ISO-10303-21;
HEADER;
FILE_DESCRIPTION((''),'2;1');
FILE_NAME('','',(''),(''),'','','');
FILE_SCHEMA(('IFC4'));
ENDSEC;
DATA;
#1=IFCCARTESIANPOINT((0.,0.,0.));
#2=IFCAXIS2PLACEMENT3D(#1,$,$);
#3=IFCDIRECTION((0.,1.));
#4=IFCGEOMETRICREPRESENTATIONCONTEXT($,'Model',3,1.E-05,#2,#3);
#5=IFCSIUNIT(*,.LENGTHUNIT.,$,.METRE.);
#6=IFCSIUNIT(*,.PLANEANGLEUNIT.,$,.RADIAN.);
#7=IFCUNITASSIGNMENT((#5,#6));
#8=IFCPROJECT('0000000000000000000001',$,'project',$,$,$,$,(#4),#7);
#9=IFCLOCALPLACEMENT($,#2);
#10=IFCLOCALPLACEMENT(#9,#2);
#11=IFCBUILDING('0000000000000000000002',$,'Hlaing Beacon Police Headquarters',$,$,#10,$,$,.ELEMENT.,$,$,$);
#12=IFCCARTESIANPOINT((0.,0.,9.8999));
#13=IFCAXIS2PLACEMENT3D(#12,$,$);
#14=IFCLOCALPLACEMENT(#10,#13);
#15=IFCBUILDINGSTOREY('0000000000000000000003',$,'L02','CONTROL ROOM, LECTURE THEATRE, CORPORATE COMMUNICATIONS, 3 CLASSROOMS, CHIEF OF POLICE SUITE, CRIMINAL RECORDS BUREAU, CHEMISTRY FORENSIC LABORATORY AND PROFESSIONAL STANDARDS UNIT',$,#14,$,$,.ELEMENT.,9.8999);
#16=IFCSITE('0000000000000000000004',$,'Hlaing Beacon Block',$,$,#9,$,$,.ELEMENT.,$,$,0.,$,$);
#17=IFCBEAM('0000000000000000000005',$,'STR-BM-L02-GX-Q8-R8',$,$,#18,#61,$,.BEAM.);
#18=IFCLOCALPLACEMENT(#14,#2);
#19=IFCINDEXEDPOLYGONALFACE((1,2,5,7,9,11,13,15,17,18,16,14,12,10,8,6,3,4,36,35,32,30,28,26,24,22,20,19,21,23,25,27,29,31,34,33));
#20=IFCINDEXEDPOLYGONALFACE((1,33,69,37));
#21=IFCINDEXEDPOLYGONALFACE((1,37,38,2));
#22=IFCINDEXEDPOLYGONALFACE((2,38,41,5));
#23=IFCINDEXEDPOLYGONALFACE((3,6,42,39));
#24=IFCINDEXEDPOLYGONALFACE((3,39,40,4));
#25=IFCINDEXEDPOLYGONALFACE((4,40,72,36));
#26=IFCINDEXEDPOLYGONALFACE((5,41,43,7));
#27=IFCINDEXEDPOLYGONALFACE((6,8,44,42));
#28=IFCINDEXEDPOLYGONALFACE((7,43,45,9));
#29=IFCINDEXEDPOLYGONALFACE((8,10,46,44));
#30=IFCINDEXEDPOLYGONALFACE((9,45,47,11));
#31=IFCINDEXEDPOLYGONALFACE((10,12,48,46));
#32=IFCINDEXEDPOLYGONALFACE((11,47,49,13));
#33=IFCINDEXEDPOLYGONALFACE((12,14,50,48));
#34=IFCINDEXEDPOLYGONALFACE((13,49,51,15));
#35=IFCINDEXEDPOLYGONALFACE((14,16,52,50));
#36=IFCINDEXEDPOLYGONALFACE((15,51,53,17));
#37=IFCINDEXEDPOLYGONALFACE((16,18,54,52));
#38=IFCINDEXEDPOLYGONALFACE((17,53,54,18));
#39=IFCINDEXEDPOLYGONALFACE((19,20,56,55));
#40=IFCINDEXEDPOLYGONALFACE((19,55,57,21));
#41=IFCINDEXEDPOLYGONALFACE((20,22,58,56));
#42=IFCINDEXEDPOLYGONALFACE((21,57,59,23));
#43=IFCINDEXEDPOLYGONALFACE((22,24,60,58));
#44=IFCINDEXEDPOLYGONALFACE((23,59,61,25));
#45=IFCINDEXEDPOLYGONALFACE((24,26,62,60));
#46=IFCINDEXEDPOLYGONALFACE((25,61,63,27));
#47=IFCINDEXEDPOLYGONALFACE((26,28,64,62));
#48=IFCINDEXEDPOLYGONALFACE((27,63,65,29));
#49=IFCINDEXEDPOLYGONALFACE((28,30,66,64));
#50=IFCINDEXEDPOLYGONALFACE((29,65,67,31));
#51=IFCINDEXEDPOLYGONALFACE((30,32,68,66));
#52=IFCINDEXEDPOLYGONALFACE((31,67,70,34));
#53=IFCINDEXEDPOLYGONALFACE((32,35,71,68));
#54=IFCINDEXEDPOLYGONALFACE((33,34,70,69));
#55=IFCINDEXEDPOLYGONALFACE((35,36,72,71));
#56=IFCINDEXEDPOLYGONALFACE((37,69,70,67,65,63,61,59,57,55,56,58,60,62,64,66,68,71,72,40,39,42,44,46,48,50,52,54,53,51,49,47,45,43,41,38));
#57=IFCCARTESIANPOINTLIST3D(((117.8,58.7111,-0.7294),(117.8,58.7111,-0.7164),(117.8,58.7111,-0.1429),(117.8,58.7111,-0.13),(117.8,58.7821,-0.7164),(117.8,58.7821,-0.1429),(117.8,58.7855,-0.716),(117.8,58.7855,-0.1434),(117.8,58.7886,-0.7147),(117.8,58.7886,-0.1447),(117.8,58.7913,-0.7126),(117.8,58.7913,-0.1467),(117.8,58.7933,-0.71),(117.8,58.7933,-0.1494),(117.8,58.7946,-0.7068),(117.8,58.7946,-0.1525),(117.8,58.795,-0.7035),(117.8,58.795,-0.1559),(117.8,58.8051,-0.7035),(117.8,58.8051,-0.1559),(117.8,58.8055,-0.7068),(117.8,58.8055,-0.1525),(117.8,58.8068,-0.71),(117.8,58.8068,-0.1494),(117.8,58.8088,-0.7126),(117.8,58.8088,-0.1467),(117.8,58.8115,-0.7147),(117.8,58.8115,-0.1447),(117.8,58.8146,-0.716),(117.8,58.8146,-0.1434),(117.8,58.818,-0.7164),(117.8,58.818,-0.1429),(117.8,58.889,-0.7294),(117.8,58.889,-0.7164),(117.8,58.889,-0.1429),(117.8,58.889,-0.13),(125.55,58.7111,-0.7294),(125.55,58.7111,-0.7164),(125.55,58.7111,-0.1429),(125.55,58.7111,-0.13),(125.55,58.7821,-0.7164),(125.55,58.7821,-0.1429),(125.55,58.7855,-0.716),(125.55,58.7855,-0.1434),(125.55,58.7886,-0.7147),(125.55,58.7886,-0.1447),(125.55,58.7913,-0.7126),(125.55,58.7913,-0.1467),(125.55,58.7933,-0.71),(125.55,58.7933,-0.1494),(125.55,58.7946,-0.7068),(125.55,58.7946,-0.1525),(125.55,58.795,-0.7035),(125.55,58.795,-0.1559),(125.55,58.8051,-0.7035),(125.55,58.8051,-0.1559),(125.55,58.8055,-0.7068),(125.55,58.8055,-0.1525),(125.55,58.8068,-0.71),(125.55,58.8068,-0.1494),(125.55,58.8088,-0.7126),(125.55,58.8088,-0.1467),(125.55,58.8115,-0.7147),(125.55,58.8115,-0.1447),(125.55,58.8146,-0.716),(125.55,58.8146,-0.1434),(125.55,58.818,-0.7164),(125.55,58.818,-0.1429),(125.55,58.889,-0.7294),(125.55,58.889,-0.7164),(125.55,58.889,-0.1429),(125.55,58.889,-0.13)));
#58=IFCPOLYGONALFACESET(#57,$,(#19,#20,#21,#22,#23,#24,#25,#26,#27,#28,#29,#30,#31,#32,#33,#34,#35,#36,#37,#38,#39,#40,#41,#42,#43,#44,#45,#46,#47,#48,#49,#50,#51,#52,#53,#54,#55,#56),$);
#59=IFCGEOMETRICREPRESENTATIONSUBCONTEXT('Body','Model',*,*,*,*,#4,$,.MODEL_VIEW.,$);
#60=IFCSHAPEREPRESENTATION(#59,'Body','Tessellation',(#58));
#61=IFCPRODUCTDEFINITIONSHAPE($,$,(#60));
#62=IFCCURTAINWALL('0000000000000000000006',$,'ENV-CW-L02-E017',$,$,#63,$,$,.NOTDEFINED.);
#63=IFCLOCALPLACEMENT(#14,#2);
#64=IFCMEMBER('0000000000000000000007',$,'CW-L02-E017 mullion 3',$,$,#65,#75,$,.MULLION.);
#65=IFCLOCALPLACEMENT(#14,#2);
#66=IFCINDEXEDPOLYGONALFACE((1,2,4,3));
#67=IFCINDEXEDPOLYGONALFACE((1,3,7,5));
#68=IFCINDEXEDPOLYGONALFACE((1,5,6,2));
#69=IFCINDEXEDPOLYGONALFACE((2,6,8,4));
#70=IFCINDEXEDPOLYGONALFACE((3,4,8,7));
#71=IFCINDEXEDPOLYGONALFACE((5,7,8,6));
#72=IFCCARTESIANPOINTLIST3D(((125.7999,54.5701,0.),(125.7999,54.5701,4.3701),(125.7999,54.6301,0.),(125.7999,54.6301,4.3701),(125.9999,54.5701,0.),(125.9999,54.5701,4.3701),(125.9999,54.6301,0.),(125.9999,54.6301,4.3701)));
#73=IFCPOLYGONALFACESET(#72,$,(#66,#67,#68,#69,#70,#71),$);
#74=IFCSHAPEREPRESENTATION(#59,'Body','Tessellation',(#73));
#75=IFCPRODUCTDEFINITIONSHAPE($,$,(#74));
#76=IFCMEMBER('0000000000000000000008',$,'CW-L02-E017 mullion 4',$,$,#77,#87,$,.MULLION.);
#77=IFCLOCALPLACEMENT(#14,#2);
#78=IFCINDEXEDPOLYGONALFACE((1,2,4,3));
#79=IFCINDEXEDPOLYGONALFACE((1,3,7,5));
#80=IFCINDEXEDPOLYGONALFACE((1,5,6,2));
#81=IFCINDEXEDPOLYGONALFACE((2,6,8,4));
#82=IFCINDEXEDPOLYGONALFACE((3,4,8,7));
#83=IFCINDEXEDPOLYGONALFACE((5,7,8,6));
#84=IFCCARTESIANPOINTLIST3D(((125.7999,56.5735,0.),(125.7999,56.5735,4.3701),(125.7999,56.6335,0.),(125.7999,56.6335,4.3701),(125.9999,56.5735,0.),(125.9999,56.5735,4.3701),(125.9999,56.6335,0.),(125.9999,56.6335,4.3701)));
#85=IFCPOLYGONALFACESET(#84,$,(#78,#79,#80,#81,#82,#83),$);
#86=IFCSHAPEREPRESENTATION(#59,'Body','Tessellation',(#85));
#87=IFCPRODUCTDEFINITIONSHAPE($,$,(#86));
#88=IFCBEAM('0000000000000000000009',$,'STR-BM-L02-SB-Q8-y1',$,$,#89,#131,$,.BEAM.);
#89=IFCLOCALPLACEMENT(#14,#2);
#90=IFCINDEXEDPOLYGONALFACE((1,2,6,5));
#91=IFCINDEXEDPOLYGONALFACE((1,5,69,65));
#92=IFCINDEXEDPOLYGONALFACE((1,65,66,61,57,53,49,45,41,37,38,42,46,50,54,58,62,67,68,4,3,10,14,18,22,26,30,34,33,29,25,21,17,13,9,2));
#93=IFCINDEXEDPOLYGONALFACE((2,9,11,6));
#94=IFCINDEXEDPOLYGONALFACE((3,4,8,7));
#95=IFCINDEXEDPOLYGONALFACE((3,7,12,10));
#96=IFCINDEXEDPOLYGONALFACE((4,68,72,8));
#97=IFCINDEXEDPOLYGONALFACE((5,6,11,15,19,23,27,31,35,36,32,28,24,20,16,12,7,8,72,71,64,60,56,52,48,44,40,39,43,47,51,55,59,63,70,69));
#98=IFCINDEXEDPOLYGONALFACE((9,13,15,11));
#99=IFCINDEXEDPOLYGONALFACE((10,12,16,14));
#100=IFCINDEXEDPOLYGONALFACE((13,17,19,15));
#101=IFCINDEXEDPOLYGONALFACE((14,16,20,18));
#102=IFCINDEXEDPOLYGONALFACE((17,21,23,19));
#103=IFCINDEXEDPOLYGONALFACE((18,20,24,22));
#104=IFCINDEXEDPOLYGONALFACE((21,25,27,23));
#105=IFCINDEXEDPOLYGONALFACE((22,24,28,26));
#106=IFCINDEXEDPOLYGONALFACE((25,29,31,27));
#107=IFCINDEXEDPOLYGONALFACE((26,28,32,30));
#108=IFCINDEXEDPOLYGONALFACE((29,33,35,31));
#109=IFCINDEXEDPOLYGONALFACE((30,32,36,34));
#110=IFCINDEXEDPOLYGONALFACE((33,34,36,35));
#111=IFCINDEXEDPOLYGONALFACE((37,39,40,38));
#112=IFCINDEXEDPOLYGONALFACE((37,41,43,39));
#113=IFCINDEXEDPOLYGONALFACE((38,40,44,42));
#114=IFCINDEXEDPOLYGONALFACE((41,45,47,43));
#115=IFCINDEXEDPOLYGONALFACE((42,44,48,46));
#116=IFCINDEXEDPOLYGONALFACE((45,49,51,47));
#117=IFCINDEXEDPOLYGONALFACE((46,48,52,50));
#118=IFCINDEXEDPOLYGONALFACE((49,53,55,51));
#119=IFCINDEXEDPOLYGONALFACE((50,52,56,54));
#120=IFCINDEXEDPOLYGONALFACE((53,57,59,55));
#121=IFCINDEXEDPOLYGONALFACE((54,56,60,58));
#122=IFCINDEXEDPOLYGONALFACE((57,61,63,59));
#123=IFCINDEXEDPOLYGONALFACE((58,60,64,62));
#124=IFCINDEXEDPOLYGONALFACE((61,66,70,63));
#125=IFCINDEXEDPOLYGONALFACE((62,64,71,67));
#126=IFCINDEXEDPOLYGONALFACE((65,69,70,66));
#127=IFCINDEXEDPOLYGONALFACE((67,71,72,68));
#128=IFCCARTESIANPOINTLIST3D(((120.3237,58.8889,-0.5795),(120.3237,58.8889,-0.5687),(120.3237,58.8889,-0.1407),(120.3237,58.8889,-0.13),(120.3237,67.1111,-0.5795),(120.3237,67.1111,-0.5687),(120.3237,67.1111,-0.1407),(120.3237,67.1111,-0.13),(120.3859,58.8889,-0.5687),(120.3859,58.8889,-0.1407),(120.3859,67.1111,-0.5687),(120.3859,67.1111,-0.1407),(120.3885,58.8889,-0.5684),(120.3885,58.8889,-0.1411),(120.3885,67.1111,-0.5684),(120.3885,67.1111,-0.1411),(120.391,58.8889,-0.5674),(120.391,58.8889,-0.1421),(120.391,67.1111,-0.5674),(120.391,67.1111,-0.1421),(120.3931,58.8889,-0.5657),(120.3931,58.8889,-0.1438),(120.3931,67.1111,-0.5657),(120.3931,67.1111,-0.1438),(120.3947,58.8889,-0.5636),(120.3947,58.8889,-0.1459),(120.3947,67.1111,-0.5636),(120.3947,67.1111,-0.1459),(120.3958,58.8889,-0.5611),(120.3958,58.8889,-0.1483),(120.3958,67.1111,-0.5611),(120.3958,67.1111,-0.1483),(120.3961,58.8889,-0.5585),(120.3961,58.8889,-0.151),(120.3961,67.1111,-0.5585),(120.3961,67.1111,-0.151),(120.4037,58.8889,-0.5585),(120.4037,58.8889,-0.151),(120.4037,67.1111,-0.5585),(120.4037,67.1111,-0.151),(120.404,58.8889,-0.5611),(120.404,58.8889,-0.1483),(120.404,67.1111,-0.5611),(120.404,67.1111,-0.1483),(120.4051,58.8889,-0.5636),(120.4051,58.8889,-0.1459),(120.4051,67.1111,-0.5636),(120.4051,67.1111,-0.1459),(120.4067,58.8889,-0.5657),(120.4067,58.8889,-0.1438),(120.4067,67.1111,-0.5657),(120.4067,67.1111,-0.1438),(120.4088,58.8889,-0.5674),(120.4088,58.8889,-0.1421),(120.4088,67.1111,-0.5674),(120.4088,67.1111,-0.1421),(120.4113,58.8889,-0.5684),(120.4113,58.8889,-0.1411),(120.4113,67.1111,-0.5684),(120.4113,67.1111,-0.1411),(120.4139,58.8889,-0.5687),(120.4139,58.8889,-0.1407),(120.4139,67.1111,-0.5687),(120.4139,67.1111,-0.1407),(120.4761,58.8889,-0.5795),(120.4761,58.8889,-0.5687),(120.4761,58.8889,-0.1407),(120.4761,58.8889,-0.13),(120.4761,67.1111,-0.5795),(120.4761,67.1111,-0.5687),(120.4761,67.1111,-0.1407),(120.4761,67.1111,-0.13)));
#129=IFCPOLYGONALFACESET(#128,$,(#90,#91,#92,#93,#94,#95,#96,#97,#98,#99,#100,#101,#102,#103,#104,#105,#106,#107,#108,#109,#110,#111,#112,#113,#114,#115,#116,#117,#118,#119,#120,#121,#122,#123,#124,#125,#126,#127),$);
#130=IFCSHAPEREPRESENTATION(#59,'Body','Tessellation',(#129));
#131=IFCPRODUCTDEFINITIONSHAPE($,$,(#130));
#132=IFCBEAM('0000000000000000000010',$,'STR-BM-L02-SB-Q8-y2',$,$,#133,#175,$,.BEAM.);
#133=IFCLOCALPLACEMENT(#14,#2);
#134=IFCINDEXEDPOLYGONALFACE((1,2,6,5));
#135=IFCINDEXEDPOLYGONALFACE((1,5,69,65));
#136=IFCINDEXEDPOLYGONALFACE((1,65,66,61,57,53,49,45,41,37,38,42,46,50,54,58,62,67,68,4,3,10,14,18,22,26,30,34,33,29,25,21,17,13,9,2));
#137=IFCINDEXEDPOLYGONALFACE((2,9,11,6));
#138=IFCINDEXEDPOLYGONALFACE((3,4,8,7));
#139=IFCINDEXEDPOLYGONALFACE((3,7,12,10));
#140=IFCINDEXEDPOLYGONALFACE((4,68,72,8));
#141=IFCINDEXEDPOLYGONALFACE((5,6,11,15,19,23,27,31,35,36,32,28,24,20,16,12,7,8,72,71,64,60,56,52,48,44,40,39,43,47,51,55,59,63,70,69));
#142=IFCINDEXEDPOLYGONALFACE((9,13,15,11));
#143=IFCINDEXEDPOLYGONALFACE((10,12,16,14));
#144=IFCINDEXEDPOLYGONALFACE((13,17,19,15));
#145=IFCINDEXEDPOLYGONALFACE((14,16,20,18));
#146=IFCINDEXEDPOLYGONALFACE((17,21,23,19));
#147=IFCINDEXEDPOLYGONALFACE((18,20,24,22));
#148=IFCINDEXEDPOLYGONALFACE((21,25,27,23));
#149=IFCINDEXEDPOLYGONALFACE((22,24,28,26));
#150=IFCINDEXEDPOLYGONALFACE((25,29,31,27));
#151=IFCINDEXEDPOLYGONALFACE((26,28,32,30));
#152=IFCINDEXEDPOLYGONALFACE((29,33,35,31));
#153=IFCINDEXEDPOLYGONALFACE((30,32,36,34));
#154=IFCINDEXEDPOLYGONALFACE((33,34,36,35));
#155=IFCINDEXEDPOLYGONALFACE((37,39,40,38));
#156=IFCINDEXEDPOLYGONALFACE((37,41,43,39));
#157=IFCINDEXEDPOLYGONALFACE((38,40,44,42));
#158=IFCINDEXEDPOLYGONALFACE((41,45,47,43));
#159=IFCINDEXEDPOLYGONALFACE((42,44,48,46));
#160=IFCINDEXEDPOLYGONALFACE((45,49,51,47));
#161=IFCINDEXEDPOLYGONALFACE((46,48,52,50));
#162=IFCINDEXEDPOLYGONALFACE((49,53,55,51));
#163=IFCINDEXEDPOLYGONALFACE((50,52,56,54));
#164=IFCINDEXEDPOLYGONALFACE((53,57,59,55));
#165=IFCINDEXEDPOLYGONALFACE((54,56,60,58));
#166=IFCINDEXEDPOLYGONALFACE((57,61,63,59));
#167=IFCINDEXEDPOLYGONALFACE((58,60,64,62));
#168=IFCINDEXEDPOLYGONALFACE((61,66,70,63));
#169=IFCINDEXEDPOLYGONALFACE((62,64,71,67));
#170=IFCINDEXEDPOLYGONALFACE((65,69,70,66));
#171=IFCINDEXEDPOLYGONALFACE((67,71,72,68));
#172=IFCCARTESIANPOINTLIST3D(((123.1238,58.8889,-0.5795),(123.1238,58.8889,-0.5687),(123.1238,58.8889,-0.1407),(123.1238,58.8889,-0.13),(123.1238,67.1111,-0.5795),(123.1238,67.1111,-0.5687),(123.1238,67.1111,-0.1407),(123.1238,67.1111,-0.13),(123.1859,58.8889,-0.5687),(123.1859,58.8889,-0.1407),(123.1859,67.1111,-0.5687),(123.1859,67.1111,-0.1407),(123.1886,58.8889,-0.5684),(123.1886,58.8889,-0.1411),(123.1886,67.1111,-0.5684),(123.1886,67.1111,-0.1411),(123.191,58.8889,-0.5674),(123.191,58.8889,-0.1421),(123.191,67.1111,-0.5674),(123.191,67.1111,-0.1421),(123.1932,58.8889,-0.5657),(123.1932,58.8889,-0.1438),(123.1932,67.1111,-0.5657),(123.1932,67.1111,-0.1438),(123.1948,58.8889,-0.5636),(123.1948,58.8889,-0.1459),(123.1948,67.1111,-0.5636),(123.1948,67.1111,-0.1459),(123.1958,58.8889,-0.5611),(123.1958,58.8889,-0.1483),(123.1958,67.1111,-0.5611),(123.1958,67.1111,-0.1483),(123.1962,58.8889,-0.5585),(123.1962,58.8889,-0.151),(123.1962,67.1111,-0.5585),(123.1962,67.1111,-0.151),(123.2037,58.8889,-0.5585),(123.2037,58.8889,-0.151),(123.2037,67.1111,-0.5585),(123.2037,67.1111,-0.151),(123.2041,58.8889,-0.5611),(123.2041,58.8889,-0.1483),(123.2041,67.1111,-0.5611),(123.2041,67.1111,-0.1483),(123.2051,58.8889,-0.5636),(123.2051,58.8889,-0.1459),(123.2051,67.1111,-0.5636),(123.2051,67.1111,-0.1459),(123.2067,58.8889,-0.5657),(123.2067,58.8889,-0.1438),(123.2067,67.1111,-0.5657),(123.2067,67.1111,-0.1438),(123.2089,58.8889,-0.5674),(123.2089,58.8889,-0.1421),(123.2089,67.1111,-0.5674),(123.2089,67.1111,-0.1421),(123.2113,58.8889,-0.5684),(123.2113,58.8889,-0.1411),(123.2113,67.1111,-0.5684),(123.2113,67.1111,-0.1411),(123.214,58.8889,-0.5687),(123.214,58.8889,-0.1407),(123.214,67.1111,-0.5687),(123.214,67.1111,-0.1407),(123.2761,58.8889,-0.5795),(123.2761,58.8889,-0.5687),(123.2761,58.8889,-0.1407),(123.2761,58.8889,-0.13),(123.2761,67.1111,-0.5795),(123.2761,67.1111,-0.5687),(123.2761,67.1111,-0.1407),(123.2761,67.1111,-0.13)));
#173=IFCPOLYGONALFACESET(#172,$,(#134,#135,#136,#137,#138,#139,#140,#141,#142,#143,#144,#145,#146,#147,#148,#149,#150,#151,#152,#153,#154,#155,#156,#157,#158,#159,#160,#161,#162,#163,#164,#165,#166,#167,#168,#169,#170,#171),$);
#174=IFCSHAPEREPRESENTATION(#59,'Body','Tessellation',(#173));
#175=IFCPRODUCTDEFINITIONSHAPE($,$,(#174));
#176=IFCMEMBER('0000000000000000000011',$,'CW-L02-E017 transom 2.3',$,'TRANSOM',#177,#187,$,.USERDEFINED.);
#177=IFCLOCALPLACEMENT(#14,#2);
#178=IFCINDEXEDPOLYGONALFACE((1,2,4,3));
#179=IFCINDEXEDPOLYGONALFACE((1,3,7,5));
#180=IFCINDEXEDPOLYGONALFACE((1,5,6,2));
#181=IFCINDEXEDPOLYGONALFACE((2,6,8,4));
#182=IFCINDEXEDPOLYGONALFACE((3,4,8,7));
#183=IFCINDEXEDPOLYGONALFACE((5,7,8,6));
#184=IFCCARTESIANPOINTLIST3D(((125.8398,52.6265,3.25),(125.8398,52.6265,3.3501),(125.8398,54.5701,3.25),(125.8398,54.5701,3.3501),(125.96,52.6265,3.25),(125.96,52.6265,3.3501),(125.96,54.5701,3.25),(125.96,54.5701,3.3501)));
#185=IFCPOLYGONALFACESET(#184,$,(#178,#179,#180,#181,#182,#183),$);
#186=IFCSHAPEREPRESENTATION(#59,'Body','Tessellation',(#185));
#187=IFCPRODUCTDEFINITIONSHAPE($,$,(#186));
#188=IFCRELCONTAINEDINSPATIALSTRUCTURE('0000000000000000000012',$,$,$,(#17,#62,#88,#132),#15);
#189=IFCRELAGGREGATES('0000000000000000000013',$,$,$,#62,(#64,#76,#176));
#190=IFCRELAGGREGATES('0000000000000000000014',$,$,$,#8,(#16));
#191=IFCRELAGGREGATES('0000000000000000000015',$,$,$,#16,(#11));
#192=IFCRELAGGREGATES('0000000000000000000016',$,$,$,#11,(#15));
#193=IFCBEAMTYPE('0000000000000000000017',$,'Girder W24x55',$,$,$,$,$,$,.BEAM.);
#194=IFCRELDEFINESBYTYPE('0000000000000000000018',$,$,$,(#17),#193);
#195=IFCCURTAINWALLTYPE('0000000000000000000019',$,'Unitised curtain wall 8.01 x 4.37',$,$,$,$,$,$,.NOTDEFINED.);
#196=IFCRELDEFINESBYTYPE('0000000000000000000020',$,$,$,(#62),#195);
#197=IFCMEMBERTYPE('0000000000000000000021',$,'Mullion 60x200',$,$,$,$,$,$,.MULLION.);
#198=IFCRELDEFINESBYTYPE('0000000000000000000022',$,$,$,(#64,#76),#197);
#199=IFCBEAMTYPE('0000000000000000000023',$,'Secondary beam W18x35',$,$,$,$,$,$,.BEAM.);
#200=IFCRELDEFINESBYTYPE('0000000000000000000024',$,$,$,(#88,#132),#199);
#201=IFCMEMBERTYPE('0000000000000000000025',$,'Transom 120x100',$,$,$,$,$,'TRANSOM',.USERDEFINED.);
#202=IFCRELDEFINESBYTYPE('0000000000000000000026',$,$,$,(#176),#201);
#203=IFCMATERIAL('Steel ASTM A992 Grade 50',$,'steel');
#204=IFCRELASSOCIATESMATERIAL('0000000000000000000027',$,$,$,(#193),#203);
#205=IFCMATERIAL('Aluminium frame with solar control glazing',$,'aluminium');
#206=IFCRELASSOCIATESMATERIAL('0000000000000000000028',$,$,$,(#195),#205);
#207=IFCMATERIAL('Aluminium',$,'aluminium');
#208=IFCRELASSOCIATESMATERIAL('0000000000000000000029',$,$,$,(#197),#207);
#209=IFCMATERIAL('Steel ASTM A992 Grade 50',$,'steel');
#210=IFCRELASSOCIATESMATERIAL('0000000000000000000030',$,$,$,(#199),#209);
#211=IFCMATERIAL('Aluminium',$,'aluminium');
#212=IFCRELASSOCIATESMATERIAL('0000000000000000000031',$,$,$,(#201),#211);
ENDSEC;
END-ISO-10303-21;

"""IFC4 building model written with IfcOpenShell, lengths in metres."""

from ifc_helpers import new_model, si_unit, direction, frame, origin, origin_2d, place, context, subcontext, project, spatial, rectangle, i_section, extrude, material, material_profile, profile_set, type_object, element, aggregate, save


model = new_model("IFC4")

# Units and contexts
model_context = context("Model", 3, precision=1e-05, world=origin(), true_north=direction((0.0, 1.0)))
body_context = subcontext(model_context, "Body", "Model", "MODEL_VIEW")
ifc_project = project(units=[si_unit("LENGTHUNIT", "METRE"), si_unit("PLANEANGLEUNIT", "RADIAN")], contexts=[model_context])

# Site, building, storey
site_placement = place(None, origin())
site = spatial("IfcSite", under=ifc_project, at=site_placement, Name="Hlaing Beacon Block", CompositionType="ELEMENT", RefElevation=0.0)
building_placement = place(site_placement, origin())
building = spatial("IfcBuilding", under=site, at=building_placement, Name="Hlaing Beacon Police Headquarters", CompositionType="ELEMENT")
storey_placement = place(building_placement, frame((0.0, 0.0, 9.8999)))
storey = spatial("IfcBuildingStorey", under=building, at=storey_placement, Name="L02", Description="CONTROL ROOM, LECTURE THEATRE, CORPORATE COMMUNICATIONS, 3 CLASSROOMS, CHIEF OF POLICE SUITE, CRIMINAL RECORDS BUREAU, CHEMISTRY FORENSIC LABORATORY AND PROFESSIONAL STANDARDS UNIT", CompositionType="ELEMENT", Elevation=9.8999)

# Beam
ifc_material_1 = material(Name="Steel ASTM A992 Grade 50", Category="steel")
ifc_material_profile_1 = material_profile(ifc_material_1, i_section(OverallWidth=0.178, OverallDepth=0.5994, WebThickness=0.01, FlangeThickness=0.0129, FilletRadius=0.0129, at=origin_2d()), Name="W24x55")
ifc_profile_set_1 = profile_set([ifc_material_profile_1], Name="Steel ASTM A992 Grade 50")
beam_type_1 = type_object("IfcBeamType", Name="Girder W24x55", PredefinedType="BEAM", material=ifc_profile_set_1)
beam_placement = place(storey_placement, frame((117.8, 58.8, -0.4297), z_axis=(1.0, 0.0, 0.0), x_axis=(0.0, 1.0, 0.0)))
element("IfcBeam", 1, at=beam_placement, inside=storey, type_object=beam_type_1, Name="STR-BM-L02-GX-Q8-R8", PredefinedType="BEAM", context=body_context, shape_type="SweptSolid", body=[
    extrude(i_section(OverallWidth=0.178, OverallDepth=0.5994, WebThickness=0.01, FlangeThickness=0.0129, FilletRadius=0.0129, at=origin_2d()), origin(), (0.0, 0.0, 1.0), 7.75),
])

# Curtain wall, members
ifc_material_2 = material(Name="Aluminium frame with solar control glazing", Category="aluminium")
curtain_wall_type = type_object("IfcCurtainWallType", Name="Unitised curtain wall 8.01 x 4.37", PredefinedType="NOTDEFINED", material=ifc_material_2)
curtain_wall_placement = place(storey_placement, origin())
curtain_wall = element("IfcCurtainWall", 2, at=curtain_wall_placement, inside=storey, type_object=curtain_wall_type, Name="ENV-CW-L02-E017", PredefinedType="NOTDEFINED")
ifc_material_3 = material(Name="Aluminium", Category="aluminium")
ifc_material_profile_2 = material_profile(ifc_material_3, rectangle(XDim=0.2, YDim=0.0601, at=origin_2d()), Name="Mullion 60x200")
ifc_profile_set_2 = profile_set([ifc_material_profile_2], Name="Aluminium")
member_type_1 = type_object("IfcMemberType", Name="Mullion 60x200", PredefinedType="MULLION", material=ifc_profile_set_2)
member_1_placement = place(storey_placement, frame((125.8999, 54.6001, 0.0), z_axis=(0.0, 0.0, 1.0), x_axis=(-1.0, 0.0, 0.0)))
member_1 = element("IfcMember", 3, at=member_1_placement, type_object=member_type_1, Name="CW-L02-E017 mullion 3", PredefinedType="MULLION", context=body_context, shape_type="SweptSolid", body=[
    extrude(rectangle(XDim=0.2, YDim=0.0601, at=origin_2d()), origin(), (0.0, 0.0, 1.0), 4.3701),
])
member_2_placement = place(storey_placement, frame((125.8999, 56.6035, 0.0), z_axis=(0.0, 0.0, 1.0), x_axis=(-1.0, 0.0, 0.0)))
member_2 = element("IfcMember", 4, at=member_2_placement, type_object=member_type_1, Name="CW-L02-E017 mullion 4", PredefinedType="MULLION", context=body_context, shape_type="SweptSolid", body=[
    extrude(rectangle(XDim=0.2, YDim=0.0601, at=origin_2d()), origin(), (0.0, 0.0, 1.0), 4.3701),
])

# Beams
ifc_material_4 = material(Name="Steel ASTM A992 Grade 50", Category="steel")
ifc_material_profile_3 = material_profile(ifc_material_4, i_section(OverallWidth=0.1523, OverallDepth=0.4495, WebThickness=0.0076, FlangeThickness=0.0107, FilletRadius=0.0103, at=origin_2d()), Name="W18x35")
ifc_profile_set_3 = profile_set([ifc_material_profile_3], Name="Steel ASTM A992 Grade 50")
beam_type_2 = type_object("IfcBeamType", Name="Secondary beam W18x35", PredefinedType="BEAM", material=ifc_profile_set_3)
for number, where, z_axis, x_axis, name in (
    (5, (120.3999, 58.8889, -0.3547), (0.0, 1.0, 0.0), (-1.0, 0.0, 0.0), "STR-BM-L02-SB-Q8-y1"),
    (6, (123.2, 58.8889, -0.3547), (0.0, 1.0, 0.0), (-1.0, 0.0, 0.0), "STR-BM-L02-SB-Q8-y2"),
):
    element("IfcBeam", number, at=place(storey_placement, frame(where, z_axis=z_axis, x_axis=x_axis)), inside=storey, type_object=beam_type_2, Name=name, PredefinedType="BEAM", context=body_context, shape_type="SweptSolid", body=[
        extrude(i_section(OverallWidth=0.1523, OverallDepth=0.4495, WebThickness=0.0076, FlangeThickness=0.0107, FilletRadius=0.0103, at=origin_2d()), origin(), (0.0, 0.0, 1.0), 8.2222),
    ])

# Member
ifc_material_5 = material(Name="Aluminium", Category="aluminium")
ifc_material_profile_4 = material_profile(ifc_material_5, rectangle(XDim=0.1201, YDim=0.1001, at=origin_2d()), Name="Transom 120x100")
ifc_profile_set_4 = profile_set([ifc_material_profile_4], Name="Aluminium")
member_type_2 = type_object("IfcMemberType", Name="Transom 120x100", ElementType="TRANSOM", PredefinedType="USERDEFINED", material=ifc_profile_set_4)
member_3_placement = place(storey_placement, frame((125.8999, 52.6265, 3.3), z_axis=(0.0, 1.0, 0.0), x_axis=(-1.0, 0.0, 0.0)))
member_3 = element("IfcMember", 7, at=member_3_placement, type_object=member_type_2, Name="CW-L02-E017 transom 2.3", ObjectType="TRANSOM", PredefinedType="USERDEFINED", context=body_context, shape_type="SweptSolid", body=[
    extrude(rectangle(XDim=0.1201, YDim=0.1001, at=origin_2d()), origin(), (0.0, 0.0, 1.0), 1.9436),
])
aggregate(curtain_wall, [member_1, member_2, member_3])

save(model, "model.ifc")
